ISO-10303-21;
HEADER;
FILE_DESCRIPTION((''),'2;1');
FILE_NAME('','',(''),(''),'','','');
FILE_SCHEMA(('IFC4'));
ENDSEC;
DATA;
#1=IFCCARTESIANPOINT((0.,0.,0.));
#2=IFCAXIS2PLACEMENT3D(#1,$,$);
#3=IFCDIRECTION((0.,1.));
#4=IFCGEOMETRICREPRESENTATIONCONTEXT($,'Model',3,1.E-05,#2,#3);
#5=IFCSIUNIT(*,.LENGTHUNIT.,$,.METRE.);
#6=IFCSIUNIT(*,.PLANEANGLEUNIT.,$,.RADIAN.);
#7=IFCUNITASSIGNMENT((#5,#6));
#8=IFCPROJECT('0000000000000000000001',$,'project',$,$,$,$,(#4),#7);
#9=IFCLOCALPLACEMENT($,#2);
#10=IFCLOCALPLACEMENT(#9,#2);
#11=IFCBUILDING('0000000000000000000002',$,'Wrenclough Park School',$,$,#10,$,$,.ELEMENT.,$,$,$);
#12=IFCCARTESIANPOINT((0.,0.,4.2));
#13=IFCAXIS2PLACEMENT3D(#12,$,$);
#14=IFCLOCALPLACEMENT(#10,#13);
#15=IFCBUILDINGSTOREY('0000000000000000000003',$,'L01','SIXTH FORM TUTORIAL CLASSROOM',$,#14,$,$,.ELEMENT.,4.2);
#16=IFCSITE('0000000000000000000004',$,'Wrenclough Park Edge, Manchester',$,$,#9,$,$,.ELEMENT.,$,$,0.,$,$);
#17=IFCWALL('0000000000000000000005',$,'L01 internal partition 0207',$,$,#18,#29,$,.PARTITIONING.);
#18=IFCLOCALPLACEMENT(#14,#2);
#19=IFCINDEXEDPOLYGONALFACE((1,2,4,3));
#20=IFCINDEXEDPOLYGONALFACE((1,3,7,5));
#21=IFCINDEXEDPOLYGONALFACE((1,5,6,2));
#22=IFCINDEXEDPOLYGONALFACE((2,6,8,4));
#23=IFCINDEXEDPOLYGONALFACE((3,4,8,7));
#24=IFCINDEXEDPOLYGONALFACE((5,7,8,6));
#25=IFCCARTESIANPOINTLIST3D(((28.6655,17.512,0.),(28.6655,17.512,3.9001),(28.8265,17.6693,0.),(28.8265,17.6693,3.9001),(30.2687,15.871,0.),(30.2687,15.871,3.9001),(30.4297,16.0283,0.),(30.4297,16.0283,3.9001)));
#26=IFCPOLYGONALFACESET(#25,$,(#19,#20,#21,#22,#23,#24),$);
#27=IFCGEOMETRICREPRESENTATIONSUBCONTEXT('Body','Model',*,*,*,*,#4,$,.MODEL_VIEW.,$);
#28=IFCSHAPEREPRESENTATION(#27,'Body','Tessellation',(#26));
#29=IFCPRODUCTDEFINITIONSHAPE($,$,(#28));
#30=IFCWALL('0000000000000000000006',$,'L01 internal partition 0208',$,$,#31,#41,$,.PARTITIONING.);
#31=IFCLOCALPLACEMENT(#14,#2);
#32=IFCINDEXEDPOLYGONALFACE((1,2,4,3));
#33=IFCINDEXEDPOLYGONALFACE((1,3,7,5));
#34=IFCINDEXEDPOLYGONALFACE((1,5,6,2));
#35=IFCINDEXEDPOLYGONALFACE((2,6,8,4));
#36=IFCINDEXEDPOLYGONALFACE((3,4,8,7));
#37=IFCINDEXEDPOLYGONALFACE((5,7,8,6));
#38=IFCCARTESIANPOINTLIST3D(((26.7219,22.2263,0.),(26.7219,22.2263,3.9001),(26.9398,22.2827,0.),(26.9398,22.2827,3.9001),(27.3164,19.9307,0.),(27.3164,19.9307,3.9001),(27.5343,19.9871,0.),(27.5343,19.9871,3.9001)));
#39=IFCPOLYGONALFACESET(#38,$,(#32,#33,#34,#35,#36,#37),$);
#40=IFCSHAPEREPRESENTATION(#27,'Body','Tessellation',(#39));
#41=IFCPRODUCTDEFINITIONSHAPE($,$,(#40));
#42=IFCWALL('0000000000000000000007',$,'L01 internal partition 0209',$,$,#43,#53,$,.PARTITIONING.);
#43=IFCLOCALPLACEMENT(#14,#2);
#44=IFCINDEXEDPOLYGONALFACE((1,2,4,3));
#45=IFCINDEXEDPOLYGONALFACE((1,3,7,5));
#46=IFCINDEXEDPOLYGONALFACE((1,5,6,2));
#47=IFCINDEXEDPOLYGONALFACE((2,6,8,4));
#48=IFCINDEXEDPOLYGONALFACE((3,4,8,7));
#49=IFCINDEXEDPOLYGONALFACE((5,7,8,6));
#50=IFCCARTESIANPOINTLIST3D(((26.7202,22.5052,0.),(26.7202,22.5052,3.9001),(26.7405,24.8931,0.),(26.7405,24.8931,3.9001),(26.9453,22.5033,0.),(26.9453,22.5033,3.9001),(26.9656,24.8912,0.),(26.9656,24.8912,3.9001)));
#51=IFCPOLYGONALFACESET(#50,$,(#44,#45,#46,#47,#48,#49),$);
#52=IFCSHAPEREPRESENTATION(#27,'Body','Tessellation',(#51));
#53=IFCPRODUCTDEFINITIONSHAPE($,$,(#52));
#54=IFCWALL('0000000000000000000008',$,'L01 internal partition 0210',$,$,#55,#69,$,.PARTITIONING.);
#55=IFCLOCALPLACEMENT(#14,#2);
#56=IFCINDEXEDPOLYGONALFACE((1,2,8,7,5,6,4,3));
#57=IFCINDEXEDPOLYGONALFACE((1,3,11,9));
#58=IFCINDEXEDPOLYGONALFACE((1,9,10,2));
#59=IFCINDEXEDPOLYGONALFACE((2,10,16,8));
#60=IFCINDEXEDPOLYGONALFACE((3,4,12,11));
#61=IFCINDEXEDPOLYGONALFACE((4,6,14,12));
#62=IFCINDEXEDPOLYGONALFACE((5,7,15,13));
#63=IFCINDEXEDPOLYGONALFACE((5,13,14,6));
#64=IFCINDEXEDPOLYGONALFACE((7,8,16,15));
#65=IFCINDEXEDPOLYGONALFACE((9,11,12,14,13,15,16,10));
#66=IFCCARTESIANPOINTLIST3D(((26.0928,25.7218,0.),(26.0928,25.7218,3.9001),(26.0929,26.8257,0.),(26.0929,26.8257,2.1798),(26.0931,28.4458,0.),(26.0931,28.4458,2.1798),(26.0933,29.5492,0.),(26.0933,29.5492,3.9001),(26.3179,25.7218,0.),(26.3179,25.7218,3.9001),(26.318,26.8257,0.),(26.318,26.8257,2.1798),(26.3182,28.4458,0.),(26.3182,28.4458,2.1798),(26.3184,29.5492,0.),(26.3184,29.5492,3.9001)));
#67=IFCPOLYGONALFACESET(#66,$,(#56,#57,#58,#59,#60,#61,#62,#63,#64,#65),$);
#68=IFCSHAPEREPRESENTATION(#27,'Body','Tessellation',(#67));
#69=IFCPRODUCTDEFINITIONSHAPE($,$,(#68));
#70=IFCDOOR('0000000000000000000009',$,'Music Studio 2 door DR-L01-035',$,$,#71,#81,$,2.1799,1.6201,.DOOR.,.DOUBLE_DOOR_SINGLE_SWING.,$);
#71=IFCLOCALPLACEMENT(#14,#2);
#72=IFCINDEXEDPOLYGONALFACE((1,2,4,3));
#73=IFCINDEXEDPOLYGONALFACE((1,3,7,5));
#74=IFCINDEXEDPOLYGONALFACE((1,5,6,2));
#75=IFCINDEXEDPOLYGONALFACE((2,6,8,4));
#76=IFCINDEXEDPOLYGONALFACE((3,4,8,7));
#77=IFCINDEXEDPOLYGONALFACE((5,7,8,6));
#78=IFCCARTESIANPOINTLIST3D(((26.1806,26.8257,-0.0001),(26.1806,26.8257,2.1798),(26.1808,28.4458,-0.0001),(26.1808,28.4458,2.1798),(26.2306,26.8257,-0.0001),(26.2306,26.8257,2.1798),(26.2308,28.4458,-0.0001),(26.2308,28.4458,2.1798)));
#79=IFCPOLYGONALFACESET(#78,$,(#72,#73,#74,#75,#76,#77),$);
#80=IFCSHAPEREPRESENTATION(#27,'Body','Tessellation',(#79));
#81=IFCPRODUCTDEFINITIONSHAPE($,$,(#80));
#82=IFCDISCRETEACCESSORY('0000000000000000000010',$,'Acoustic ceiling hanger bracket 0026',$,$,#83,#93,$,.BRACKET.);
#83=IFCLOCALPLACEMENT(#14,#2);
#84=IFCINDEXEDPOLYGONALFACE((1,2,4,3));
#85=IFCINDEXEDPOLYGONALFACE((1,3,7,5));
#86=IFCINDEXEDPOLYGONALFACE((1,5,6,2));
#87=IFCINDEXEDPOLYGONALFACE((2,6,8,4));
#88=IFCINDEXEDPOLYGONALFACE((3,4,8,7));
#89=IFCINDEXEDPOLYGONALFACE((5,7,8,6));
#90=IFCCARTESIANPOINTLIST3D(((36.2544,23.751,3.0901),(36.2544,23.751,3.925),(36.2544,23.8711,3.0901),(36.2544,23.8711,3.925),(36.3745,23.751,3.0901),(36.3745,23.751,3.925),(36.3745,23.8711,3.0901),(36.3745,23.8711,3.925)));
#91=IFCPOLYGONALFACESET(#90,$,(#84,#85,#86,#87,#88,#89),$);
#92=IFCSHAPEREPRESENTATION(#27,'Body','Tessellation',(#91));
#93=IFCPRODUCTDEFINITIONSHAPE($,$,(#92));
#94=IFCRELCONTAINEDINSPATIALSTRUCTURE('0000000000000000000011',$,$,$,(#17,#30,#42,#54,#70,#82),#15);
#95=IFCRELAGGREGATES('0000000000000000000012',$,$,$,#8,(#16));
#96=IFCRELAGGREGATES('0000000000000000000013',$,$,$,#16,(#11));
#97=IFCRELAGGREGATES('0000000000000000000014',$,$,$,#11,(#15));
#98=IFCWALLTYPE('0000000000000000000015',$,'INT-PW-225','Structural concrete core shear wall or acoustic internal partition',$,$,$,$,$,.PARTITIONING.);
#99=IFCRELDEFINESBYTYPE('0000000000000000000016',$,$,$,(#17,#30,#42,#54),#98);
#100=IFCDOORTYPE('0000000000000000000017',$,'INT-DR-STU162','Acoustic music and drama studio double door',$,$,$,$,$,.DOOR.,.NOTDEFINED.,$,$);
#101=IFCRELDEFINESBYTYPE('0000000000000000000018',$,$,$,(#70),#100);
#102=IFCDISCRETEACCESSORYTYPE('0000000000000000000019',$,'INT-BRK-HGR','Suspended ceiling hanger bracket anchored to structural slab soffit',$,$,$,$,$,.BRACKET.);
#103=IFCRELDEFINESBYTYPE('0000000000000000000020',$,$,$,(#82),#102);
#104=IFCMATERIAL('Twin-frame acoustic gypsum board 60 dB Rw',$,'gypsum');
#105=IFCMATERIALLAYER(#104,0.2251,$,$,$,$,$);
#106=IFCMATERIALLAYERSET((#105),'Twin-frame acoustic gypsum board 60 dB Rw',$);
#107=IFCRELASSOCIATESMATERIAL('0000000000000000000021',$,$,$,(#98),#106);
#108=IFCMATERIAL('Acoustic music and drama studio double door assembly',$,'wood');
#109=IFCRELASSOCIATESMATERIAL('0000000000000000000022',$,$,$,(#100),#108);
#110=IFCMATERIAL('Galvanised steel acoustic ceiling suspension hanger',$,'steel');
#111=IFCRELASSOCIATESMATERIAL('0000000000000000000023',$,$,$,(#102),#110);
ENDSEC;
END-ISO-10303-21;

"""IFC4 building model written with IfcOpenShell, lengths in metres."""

from ifc_helpers import new_model, si_unit, direction, frame, frame_2d, origin, origin_2d, place, context, subcontext, project, spatial, rectangle, extrude, material, layer, layer_set, type_object, element, fill, save


model = new_model("IFC4")

# Units and contexts
model_context = context("Model", 3, precision=1e-05, world=origin(), true_north=direction((0.0, 1.0)))
body_context = subcontext(model_context, "Body", "Model", "MODEL_VIEW")
ifc_project = project(units=[si_unit("LENGTHUNIT", "METRE"), si_unit("PLANEANGLEUNIT", "RADIAN")], contexts=[model_context])

# Site, building, storey
site_placement = place(None, origin())
site = spatial("IfcSite", under=ifc_project, at=site_placement, Name="Wrenclough Park Edge, Manchester", CompositionType="ELEMENT", RefElevation=0.0)
building_placement = place(site_placement, origin())
building = spatial("IfcBuilding", under=site, at=building_placement, Name="Wrenclough Park School", CompositionType="ELEMENT")
storey_placement = place(building_placement, frame((0.0, 0.0, 4.2)))
storey = spatial("IfcBuildingStorey", under=building, at=storey_placement, Name="L01", Description="SIXTH FORM TUTORIAL CLASSROOM", CompositionType="ELEMENT", Elevation=4.2)

# Walls
ifc_material_1 = material(Name="Twin-frame acoustic gypsum board 60 dB Rw", Category="gypsum")
ifc_layer_1 = layer(ifc_material_1, 0.2251)
ifc_layer_set_1 = layer_set([ifc_layer_1], Name="Twin-frame acoustic gypsum board 60 dB Rw")
wall_type_1 = type_object("IfcWallType", Name="INT-PW-225", Description="Structural concrete core shear wall or acoustic internal partition", PredefinedType="PARTITIONING", material=ifc_layer_set_1)
wall_1_placement = place(storey_placement, frame((30.3491, 15.9497, 0.0), z_axis=(0.0, 0.0, 1.0), x_axis=(-0.698812, 0.715306, 0.0)))
element("IfcWall", 1, at=wall_1_placement, inside=storey, type_object=wall_type_1, Name="L01 internal partition 0207", PredefinedType="PARTITIONING", context=body_context, shape_type="SweptSolid", body=[
    extrude(rectangle(XDim=2.2942, YDim=0.2251, at=frame_2d((1.147, 0.0))), origin(), (0.0, 0.0, 1.0), 3.9001),
])
wall_2_placement = place(storey_placement, frame((27.4253, 19.959, 0.0), z_axis=(0.0, 0.0, 1.0), x_axis=(-0.250691, 0.968067, 0.0)))
element("IfcWall", 2, at=wall_2_placement, inside=storey, type_object=wall_type_1, Name="L01 internal partition 0208", PredefinedType="PARTITIONING", context=body_context, shape_type="SweptSolid", body=[
    extrude(rectangle(XDim=2.3713, YDim=0.2251, at=frame_2d((1.1855, 0.0))), origin(), (0.0, 0.0, 1.0), 3.9001),
])
wall_3_placement = place(storey_placement, frame((26.8328, 22.5044, 0.0), z_axis=(0.0, 0.0, 1.0), x_axis=(0.008486, 0.999964, 0.0)))
element("IfcWall", 3, at=wall_3_placement, inside=storey, type_object=wall_type_1, Name="L01 internal partition 0209", PredefinedType="PARTITIONING", context=body_context, shape_type="SweptSolid", body=[
    extrude(rectangle(XDim=2.3879, YDim=0.2251, at=frame_2d((1.1938, 0.0))), origin(), (0.0, 0.0, 1.0), 3.9001),
])

# Wall, opening, door
wall_4_placement = place(storey_placement, frame((26.2053, 25.7219, 0.0), z_axis=(0.0, 0.0, 1.0), x_axis=(0.000128, 1.0, 0.0)))
wall_4 = element("IfcWall", 4, at=wall_4_placement, inside=storey, type_object=wall_type_1, Name="L01 internal partition 0210", PredefinedType="PARTITIONING", context=body_context, shape_type="SweptSolid", body=[
    extrude(rectangle(XDim=3.8274, YDim=0.2251, at=frame_2d((1.9136, 0.0))), origin(), (0.0, 0.0, 1.0), 3.9001),
])
opening_1_placement = place(wall_4_placement, frame((1.1038, 0.0, 0.0)))
opening_1 = element("IfcOpeningElement", 5, at=opening_1_placement, cuts=wall_4, PredefinedType="OPENING", context=body_context, shape_type="SweptSolid", body=[
    extrude(rectangle(XDim=1.6201, YDim=2.1799, at=frame_2d((0.8101, 1.0898))), frame((0.0, 0.1226, 0.0), z_axis=(0.0, -1.0, 0.0), x_axis=(1.0, 0.0, 0.0)), (0.0, 0.0, 1.0), 0.2451),
])
ifc_material_2 = material(Name="Acoustic music and drama studio double door assembly", Category="wood")
door_type_1 = type_object("IfcDoorType", Name="INT-DR-STU162", Description="Acoustic music and drama studio double door", OperationType="NOTDEFINED", PredefinedType="DOOR", material=ifc_material_2)
door_1_placement = place(opening_1_placement, origin())
door_1 = element("IfcDoor", 6, at=door_1_placement, inside=storey, type_object=door_type_1, Name="Music Studio 2 door DR-L01-035", OperationType="DOUBLE_DOOR_SINGLE_SWING", OverallHeight=2.1799, OverallWidth=1.6201, PredefinedType="DOOR", context=body_context, shape_type="SweptSolid", body=[
    extrude(rectangle(XDim=1.6201, YDim=2.1799, at=frame_2d((0.8101, 1.0898))), frame((0.0, 0.0249, 0.0), z_axis=(0.0, -1.0, 0.0), x_axis=(1.0, 0.0, 0.0)), (0.0, 0.0, 1.0), 0.05),
])
fill(opening_1, door_1)

# Discrete accessory
ifc_material_3 = material(Name="Galvanised steel acoustic ceiling suspension hanger", Category="steel")
discrete_accessory_type = type_object("IfcDiscreteAccessoryType", Name="INT-BRK-HGR", Description="Suspended ceiling hanger bracket anchored to structural slab soffit", PredefinedType="BRACKET", material=ifc_material_3)
discrete_accessory_placement = place(storey_placement, frame((36.3145, 23.811, 3.0901), z_axis=(0.0, 0.0, 1.0), x_axis=(1.0, 0.0, 0.0)))
element("IfcDiscreteAccessory", 7, at=discrete_accessory_placement, inside=storey, type_object=discrete_accessory_type, Name="Acoustic ceiling hanger bracket 0026", PredefinedType="BRACKET", context=body_context, shape_type="SweptSolid", body=[
    extrude(rectangle(XDim=0.1201, YDim=0.1201, at=origin_2d()), origin(), (0.0, 0.0, 1.0), 0.835),
])

save(model, "model.ifc")
